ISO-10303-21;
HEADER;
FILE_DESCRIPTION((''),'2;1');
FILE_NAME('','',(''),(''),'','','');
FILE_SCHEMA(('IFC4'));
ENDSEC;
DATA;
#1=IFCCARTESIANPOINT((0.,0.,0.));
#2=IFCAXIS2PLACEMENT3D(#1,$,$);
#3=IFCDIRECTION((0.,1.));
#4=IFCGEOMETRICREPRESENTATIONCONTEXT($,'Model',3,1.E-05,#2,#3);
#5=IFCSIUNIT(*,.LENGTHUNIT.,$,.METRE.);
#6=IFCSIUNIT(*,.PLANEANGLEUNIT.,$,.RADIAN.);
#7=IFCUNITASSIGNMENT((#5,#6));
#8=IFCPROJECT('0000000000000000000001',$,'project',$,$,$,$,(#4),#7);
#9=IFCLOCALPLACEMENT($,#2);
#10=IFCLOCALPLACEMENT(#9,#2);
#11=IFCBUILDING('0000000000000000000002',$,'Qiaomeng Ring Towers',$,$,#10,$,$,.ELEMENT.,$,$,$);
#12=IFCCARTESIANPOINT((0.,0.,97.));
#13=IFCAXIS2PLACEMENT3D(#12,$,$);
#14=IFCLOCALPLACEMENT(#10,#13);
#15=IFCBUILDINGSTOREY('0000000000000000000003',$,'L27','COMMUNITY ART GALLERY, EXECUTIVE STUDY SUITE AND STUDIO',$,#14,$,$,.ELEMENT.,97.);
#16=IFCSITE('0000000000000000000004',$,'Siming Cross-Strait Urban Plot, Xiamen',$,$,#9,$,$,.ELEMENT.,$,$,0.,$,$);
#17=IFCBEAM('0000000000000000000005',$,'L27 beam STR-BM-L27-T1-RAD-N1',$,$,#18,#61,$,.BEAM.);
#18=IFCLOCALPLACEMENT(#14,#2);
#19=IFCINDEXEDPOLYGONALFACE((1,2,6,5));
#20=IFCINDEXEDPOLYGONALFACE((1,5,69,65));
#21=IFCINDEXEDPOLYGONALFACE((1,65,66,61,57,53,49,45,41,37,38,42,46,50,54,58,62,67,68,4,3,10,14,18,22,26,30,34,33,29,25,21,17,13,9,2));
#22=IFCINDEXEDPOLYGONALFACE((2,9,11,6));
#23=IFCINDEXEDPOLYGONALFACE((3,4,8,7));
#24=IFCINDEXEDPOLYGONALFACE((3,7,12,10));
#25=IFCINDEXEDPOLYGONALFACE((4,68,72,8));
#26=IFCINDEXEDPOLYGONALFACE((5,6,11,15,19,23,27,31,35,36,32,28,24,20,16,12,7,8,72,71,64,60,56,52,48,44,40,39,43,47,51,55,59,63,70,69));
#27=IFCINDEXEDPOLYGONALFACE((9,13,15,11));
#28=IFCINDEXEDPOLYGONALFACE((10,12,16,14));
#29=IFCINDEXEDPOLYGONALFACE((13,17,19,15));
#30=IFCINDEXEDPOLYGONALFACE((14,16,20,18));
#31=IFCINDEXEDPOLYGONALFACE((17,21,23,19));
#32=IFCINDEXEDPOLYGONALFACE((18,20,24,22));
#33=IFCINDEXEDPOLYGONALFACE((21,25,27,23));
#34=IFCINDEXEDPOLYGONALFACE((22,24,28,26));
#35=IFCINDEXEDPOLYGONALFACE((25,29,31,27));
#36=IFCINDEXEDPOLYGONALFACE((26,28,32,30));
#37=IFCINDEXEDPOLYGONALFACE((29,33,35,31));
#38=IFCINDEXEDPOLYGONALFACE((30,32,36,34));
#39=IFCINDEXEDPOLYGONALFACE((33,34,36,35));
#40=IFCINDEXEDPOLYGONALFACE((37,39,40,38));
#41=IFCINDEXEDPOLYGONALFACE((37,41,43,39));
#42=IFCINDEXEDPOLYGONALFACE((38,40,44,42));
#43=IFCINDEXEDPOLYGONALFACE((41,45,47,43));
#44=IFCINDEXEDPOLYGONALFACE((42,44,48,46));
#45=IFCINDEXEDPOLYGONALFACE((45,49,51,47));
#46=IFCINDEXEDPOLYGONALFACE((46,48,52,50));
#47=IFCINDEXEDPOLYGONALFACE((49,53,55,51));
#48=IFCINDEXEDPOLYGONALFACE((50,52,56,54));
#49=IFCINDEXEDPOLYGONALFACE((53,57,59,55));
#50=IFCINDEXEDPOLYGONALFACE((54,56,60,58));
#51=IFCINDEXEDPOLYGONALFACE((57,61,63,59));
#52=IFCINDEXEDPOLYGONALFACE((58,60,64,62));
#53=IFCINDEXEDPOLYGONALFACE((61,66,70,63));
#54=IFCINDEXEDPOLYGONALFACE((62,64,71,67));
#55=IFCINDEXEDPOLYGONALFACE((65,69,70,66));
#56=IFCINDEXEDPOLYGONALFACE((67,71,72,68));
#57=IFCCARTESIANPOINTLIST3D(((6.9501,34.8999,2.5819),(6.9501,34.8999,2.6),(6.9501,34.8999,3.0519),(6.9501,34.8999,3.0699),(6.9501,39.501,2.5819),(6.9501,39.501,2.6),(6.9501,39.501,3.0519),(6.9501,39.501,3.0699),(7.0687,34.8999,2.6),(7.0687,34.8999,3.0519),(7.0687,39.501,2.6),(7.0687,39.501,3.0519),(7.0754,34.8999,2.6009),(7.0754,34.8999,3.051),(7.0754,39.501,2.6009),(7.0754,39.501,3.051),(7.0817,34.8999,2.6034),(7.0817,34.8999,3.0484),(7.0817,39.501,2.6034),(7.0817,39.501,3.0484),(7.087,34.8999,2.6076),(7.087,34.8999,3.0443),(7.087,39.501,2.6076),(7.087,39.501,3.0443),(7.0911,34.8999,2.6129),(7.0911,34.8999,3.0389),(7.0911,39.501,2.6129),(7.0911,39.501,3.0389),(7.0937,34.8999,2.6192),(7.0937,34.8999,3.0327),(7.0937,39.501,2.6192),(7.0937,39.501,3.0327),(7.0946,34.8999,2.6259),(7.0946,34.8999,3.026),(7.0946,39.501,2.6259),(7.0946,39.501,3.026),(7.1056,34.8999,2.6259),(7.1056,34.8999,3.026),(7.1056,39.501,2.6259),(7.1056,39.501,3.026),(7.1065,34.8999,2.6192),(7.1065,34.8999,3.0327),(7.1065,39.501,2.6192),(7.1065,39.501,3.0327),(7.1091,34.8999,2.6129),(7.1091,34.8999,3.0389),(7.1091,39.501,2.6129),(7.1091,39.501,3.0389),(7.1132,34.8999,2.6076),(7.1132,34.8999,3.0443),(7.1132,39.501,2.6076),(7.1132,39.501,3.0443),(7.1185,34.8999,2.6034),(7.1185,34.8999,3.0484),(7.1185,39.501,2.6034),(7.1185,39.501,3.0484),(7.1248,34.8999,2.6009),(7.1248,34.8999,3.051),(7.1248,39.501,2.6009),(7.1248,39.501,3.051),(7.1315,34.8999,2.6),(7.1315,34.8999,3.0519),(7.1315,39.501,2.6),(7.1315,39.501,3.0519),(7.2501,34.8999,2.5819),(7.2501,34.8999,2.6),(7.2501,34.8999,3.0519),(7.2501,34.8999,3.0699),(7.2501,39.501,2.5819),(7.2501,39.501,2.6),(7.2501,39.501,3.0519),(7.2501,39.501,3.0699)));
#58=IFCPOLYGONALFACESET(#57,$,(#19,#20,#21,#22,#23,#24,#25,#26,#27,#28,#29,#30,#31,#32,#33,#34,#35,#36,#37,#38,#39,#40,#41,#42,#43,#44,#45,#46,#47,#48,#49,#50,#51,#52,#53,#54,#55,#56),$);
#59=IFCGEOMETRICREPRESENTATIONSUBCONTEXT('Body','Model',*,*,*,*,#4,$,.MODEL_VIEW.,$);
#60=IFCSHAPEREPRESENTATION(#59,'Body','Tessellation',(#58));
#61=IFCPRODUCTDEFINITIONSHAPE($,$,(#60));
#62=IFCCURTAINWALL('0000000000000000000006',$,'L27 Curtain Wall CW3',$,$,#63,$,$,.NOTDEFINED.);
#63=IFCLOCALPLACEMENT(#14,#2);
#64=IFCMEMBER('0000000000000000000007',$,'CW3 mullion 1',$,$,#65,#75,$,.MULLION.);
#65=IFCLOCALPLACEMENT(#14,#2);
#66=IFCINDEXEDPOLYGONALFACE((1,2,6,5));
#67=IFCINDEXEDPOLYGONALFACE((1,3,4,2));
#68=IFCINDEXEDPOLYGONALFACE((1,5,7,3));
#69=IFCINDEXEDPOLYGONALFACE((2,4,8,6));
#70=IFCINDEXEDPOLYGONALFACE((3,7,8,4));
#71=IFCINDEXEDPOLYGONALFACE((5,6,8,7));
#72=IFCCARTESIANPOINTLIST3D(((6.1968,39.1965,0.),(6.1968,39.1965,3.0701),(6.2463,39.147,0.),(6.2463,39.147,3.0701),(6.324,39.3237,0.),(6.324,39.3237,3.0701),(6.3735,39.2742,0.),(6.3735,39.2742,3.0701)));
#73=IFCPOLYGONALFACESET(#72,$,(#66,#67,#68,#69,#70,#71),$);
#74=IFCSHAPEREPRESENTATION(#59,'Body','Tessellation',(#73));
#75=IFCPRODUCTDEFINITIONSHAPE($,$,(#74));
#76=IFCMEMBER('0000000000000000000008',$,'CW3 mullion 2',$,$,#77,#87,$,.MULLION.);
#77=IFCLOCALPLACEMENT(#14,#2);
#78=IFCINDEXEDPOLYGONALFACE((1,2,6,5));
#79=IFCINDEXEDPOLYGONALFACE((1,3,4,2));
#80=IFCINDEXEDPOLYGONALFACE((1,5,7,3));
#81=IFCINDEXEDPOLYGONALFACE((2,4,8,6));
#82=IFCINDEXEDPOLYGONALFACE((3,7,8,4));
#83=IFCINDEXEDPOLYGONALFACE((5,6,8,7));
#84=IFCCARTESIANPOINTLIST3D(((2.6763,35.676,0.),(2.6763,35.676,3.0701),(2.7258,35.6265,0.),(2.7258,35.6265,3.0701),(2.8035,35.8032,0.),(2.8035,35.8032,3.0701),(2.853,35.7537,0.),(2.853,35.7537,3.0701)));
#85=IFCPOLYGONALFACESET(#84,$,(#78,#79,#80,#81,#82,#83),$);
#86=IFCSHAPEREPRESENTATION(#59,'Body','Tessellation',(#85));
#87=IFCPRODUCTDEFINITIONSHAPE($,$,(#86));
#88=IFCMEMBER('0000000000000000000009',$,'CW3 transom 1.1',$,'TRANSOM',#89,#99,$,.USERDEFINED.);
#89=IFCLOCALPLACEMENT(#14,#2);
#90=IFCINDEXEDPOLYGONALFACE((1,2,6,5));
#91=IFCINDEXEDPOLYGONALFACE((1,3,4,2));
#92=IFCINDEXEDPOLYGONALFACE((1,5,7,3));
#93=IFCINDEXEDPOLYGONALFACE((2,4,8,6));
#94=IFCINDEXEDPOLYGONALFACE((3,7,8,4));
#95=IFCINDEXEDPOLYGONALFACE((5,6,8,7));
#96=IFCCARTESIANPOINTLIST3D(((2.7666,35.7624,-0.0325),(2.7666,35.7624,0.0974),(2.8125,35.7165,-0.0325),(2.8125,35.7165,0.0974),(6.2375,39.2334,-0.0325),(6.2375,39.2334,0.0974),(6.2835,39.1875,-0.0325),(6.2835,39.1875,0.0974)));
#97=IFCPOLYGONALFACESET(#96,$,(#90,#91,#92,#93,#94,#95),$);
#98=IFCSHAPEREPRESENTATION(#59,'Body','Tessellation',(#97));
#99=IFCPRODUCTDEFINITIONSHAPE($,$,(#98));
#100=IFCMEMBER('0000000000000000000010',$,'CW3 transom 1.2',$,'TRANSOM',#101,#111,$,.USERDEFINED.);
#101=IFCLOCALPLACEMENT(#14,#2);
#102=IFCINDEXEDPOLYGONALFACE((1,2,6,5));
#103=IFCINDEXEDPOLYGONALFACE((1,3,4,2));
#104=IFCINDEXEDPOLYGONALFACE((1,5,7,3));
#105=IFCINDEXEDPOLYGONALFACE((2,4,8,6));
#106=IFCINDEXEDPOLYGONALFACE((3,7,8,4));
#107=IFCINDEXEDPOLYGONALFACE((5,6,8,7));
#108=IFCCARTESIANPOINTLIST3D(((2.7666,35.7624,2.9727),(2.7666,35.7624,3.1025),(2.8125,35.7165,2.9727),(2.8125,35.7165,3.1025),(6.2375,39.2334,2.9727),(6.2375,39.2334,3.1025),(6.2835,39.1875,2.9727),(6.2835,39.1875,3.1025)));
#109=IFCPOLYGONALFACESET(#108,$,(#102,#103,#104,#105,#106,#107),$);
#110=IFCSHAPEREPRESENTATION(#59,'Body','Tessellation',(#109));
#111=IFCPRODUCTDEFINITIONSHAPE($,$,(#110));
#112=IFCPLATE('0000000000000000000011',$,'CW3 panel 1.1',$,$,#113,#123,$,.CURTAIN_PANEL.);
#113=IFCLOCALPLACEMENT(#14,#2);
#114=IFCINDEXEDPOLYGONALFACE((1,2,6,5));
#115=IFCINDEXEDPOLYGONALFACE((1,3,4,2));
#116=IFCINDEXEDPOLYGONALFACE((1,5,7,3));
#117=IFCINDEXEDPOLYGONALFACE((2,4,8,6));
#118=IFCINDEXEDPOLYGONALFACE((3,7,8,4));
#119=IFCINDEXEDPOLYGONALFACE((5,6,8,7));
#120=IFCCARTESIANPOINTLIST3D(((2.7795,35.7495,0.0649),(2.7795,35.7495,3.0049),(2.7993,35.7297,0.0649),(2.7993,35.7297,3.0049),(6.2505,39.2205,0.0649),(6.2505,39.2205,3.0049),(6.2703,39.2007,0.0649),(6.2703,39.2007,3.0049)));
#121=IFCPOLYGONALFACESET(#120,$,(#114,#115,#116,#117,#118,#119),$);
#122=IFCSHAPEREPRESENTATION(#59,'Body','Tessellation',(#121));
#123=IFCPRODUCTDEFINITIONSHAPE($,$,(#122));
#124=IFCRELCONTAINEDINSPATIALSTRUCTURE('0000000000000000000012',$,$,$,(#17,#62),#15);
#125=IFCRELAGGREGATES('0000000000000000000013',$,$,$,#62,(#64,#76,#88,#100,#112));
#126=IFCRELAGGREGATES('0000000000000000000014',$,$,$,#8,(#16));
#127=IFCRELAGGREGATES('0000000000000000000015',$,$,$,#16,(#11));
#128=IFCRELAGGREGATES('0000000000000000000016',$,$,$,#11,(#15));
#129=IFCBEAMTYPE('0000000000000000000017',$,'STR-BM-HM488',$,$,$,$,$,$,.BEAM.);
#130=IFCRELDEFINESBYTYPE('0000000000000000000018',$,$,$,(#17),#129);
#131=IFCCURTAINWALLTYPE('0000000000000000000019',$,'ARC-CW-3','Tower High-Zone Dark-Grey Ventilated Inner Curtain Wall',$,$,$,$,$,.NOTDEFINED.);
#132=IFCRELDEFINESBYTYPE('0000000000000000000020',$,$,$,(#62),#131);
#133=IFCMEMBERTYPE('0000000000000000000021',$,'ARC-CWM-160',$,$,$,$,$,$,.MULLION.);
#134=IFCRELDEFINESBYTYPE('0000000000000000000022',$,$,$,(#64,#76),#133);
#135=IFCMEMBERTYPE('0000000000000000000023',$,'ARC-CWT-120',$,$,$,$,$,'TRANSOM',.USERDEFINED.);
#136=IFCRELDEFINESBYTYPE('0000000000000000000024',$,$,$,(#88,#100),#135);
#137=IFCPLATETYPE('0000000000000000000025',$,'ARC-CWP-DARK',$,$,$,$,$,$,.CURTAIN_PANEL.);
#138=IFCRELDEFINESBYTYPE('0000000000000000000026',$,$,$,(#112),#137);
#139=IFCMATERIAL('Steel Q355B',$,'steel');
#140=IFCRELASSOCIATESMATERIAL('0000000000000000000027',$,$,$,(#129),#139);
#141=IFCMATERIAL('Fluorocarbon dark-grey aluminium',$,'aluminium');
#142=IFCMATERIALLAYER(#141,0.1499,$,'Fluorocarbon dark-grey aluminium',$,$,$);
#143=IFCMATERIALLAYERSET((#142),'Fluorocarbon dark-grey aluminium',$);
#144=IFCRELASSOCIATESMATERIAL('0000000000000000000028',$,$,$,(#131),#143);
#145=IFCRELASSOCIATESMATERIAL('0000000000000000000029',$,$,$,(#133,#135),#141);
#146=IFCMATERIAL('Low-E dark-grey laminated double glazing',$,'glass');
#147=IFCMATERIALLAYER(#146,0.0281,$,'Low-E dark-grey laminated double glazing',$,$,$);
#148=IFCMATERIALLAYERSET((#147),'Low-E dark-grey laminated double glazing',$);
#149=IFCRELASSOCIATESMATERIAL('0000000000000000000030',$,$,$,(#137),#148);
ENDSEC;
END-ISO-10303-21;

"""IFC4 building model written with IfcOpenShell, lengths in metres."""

from ifc_helpers import new_model, si_unit, direction, frame, origin, origin_2d, place, context, subcontext, project, spatial, rectangle, i_section, extrude, source, transform, mapped, material, layer, layer_set, material_profile, profile_set, type_object, element, aggregate, save


model = new_model("IFC4")

# Units and contexts
model_context = context("Model", 3, precision=1e-05, world=origin(), true_north=direction((0.0, 1.0)))
body_context = subcontext(model_context, "Body", "Model", "MODEL_VIEW")
ifc_project = project(units=[si_unit("LENGTHUNIT", "METRE"), si_unit("PLANEANGLEUNIT", "RADIAN")], contexts=[model_context])

# Site, building, storey
site_placement = place(None, origin())
site = spatial("IfcSite", under=ifc_project, at=site_placement, Name="Siming Cross-Strait Urban Plot, Xiamen", CompositionType="ELEMENT", RefElevation=0.0)
building_placement = place(site_placement, origin())
building = spatial("IfcBuilding", under=site, at=building_placement, Name="Qiaomeng Ring Towers", CompositionType="ELEMENT")
storey_placement = place(building_placement, frame((0.0, 0.0, 97.0)))
storey = spatial("IfcBuildingStorey", under=building, at=storey_placement, Name="L27", Description="COMMUNITY ART GALLERY, EXECUTIVE STUDY SUITE AND STUDIO", CompositionType="ELEMENT", Elevation=97.0)

# Beam
ifc_material_1 = material(Name="Steel Q355B", Category="steel")
ifc_material_profile_1 = material_profile(ifc_material_1, i_section(OverallWidth=0.3, OverallDepth=0.488, WebThickness=0.011, FlangeThickness=0.0181, FilletRadius=0.0259, at=origin_2d()), Name="HM 488x300x11x18")
ifc_profile_set_1 = profile_set([ifc_material_profile_1], Name="Steel Q355B")
beam_type_1 = type_object("IfcBeamType", Name="STR-BM-HM488", PredefinedType="BEAM", material=ifc_profile_set_1)
shared_shape_1 = source(origin(), body_context, "Body", "SweptSolid", [
    extrude(i_section(OverallWidth=0.3, OverallDepth=0.488, WebThickness=0.011, FlangeThickness=0.0181, FilletRadius=0.0259, at=origin_2d()), origin(), (0.0, 0.0, 1.0), 4.6011),
])
beam_1_placement = place(storey_placement, frame((7.1001, 39.501, 2.8259), z_axis=(0.0, -1.0, 0.0), x_axis=(1.0, 0.0, 0.0)))
element("IfcBeam", 1, at=beam_1_placement, inside=storey, type_object=beam_type_1, Name="L27 beam STR-BM-L27-T1-RAD-N1", PredefinedType="BEAM", context=body_context, shape_type="MappedRepresentation", body=[
    mapped(shared_shape_1, transform((0.0, 0.0, 0.0), x_axis=(1.0, 0.0, 0.0), y_axis=(0.0, 1.0, 0.0), z_axis=(0.0, 0.0, 1.0), scale=1.0)),
])

# Curtain wall, members, plate
ifc_material_2 = material(Name="Fluorocarbon dark-grey aluminium", Category="aluminium")
ifc_layer_1 = layer(ifc_material_2, 0.1499, Name="Fluorocarbon dark-grey aluminium")
ifc_layer_set_1 = layer_set([ifc_layer_1], Name="Fluorocarbon dark-grey aluminium")
curtain_wall_type = type_object("IfcCurtainWallType", Name="ARC-CW-3", Description="Tower High-Zone Dark-Grey Ventilated Inner Curtain Wall", PredefinedType="NOTDEFINED", material=ifc_layer_set_1)
curtain_wall_placement = place(storey_placement, origin())
curtain_wall = element("IfcCurtainWall", 2, at=curtain_wall_placement, inside=storey, type_object=curtain_wall_type, Name="L27 Curtain Wall CW3", PredefinedType="NOTDEFINED")
ifc_material_profile_2 = material_profile(ifc_material_2, rectangle(XDim=0.0701, YDim=0.1799, at=origin_2d()), Name="ALU MULL 70x180")
ifc_profile_set_2 = profile_set([ifc_material_profile_2], Name="Fluorocarbon dark-grey aluminium")
member_type_1 = type_object("IfcMemberType", Name="ARC-CWM-160", PredefinedType="MULLION", material=ifc_profile_set_2)
shared_shape_2 = source(origin(), body_context, "Body", "SweptSolid", [
    extrude(rectangle(XDim=0.0701, YDim=0.1799, at=origin_2d()), origin(), (0.0, 0.0, 1.0), 3.0701),
])
member_1_placement = place(storey_placement, frame((6.2852, 39.2354, 0.0), z_axis=(0.0, 0.0, 1.0), x_axis=(0.707107, -0.707107, 0.0)))
member_1 = element("IfcMember", 3, at=member_1_placement, type_object=member_type_1, Name="CW3 mullion 1", PredefinedType="MULLION", context=body_context, shape_type="MappedRepresentation", body=[
    mapped(shared_shape_2, transform((0.0, 0.0, 0.0), x_axis=(1.0, 0.0, 0.0), y_axis=(0.0, 1.0, 0.0), z_axis=(0.0, 0.0, 1.0), scale=1.0)),
])
member_2_placement = place(storey_placement, frame((2.7646, 35.7148, 0.0), z_axis=(0.0, 0.0, 1.0), x_axis=(0.707107, -0.707107, 0.0)))
member_2 = element("IfcMember", 4, at=member_2_placement, type_object=member_type_1, Name="CW3 mullion 2", PredefinedType="MULLION", context=body_context, shape_type="MappedRepresentation", body=[
    mapped(shared_shape_2, transform((0.0, 0.0, 0.0), x_axis=(1.0, 0.0, 0.0), y_axis=(0.0, 1.0, 0.0), z_axis=(0.0, 0.0, 1.0), scale=1.0)),
])
ifc_material_profile_3 = material_profile(ifc_material_2, rectangle(XDim=0.0649, YDim=0.1299, at=origin_2d()), Name="ALU TRAN 65x130")
ifc_profile_set_3 = profile_set([ifc_material_profile_3], Name="Fluorocarbon dark-grey aluminium")
member_type_2 = type_object("IfcMemberType", Name="ARC-CWT-120", ElementType="TRANSOM", PredefinedType="USERDEFINED", material=ifc_profile_set_3)
shared_shape_3 = source(origin(), body_context, "Body", "SweptSolid", [
    extrude(rectangle(XDim=0.0649, YDim=0.1299, at=origin_2d()), origin(), (0.0, 0.0, 1.0), 4.9087),
])
member_3_placement = place(storey_placement, frame((6.2605, 39.2104, 0.0325), z_axis=(-0.707107, -0.707107, 0.0), x_axis=(0.707107, -0.707107, 0.0)))
member_3 = element("IfcMember", 5, at=member_3_placement, type_object=member_type_2, Name="CW3 transom 1.1", ObjectType="TRANSOM", PredefinedType="USERDEFINED", context=body_context, shape_type="MappedRepresentation", body=[
    mapped(shared_shape_3, transform((0.0, 0.0, 0.0), x_axis=(1.0, 0.0, 0.0), y_axis=(0.0, 1.0, 0.0), z_axis=(0.0, 0.0, 1.0), scale=1.0)),
])
member_4_placement = place(storey_placement, frame((6.2605, 39.2104, 3.0376), z_axis=(-0.707107, -0.707107, 0.0), x_axis=(0.707107, -0.707107, 0.0)))
member_4 = element("IfcMember", 6, at=member_4_placement, type_object=member_type_2, Name="CW3 transom 1.2", ObjectType="TRANSOM", PredefinedType="USERDEFINED", context=body_context, shape_type="MappedRepresentation", body=[
    mapped(shared_shape_3, transform((0.0, 0.0, 0.0), x_axis=(1.0, 0.0, 0.0), y_axis=(0.0, 1.0, 0.0), z_axis=(0.0, 0.0, 1.0), scale=1.0)),
])
ifc_material_3 = material(Name="Low-E dark-grey laminated double glazing", Category="glass")
ifc_layer_2 = layer(ifc_material_3, 0.0281, Name="Low-E dark-grey laminated double glazing")
ifc_layer_set_2 = layer_set([ifc_layer_2], Name="Low-E dark-grey laminated double glazing")
plate_type = type_object("IfcPlateType", Name="ARC-CWP-DARK", PredefinedType="CURTAIN_PANEL", material=ifc_layer_set_2)
shared_shape_4 = source(origin(), body_context, "Body", "SweptSolid", [
    extrude(rectangle(XDim=4.9087, YDim=0.0281, at=origin_2d()), origin(), (0.0, 0.0, 1.0), 2.9399),
])
plate_placement = place(storey_placement, frame((4.5249, 37.4751, 0.0649), z_axis=(0.0, 0.0, 1.0), x_axis=(-0.707107, -0.707107, 0.0)))
plate = element("IfcPlate", 7, at=plate_placement, type_object=plate_type, Name="CW3 panel 1.1", PredefinedType="CURTAIN_PANEL", context=body_context, shape_type="MappedRepresentation", body=[
    mapped(shared_shape_4, transform((0.0, 0.0, 0.0), x_axis=(1.0, 0.0, 0.0), y_axis=(0.0, 1.0, 0.0), z_axis=(0.0, 0.0, 1.0), scale=1.0)),
])
aggregate(curtain_wall, [member_1, member_2, member_3, member_4, plate])

save(model, "model.ifc")
